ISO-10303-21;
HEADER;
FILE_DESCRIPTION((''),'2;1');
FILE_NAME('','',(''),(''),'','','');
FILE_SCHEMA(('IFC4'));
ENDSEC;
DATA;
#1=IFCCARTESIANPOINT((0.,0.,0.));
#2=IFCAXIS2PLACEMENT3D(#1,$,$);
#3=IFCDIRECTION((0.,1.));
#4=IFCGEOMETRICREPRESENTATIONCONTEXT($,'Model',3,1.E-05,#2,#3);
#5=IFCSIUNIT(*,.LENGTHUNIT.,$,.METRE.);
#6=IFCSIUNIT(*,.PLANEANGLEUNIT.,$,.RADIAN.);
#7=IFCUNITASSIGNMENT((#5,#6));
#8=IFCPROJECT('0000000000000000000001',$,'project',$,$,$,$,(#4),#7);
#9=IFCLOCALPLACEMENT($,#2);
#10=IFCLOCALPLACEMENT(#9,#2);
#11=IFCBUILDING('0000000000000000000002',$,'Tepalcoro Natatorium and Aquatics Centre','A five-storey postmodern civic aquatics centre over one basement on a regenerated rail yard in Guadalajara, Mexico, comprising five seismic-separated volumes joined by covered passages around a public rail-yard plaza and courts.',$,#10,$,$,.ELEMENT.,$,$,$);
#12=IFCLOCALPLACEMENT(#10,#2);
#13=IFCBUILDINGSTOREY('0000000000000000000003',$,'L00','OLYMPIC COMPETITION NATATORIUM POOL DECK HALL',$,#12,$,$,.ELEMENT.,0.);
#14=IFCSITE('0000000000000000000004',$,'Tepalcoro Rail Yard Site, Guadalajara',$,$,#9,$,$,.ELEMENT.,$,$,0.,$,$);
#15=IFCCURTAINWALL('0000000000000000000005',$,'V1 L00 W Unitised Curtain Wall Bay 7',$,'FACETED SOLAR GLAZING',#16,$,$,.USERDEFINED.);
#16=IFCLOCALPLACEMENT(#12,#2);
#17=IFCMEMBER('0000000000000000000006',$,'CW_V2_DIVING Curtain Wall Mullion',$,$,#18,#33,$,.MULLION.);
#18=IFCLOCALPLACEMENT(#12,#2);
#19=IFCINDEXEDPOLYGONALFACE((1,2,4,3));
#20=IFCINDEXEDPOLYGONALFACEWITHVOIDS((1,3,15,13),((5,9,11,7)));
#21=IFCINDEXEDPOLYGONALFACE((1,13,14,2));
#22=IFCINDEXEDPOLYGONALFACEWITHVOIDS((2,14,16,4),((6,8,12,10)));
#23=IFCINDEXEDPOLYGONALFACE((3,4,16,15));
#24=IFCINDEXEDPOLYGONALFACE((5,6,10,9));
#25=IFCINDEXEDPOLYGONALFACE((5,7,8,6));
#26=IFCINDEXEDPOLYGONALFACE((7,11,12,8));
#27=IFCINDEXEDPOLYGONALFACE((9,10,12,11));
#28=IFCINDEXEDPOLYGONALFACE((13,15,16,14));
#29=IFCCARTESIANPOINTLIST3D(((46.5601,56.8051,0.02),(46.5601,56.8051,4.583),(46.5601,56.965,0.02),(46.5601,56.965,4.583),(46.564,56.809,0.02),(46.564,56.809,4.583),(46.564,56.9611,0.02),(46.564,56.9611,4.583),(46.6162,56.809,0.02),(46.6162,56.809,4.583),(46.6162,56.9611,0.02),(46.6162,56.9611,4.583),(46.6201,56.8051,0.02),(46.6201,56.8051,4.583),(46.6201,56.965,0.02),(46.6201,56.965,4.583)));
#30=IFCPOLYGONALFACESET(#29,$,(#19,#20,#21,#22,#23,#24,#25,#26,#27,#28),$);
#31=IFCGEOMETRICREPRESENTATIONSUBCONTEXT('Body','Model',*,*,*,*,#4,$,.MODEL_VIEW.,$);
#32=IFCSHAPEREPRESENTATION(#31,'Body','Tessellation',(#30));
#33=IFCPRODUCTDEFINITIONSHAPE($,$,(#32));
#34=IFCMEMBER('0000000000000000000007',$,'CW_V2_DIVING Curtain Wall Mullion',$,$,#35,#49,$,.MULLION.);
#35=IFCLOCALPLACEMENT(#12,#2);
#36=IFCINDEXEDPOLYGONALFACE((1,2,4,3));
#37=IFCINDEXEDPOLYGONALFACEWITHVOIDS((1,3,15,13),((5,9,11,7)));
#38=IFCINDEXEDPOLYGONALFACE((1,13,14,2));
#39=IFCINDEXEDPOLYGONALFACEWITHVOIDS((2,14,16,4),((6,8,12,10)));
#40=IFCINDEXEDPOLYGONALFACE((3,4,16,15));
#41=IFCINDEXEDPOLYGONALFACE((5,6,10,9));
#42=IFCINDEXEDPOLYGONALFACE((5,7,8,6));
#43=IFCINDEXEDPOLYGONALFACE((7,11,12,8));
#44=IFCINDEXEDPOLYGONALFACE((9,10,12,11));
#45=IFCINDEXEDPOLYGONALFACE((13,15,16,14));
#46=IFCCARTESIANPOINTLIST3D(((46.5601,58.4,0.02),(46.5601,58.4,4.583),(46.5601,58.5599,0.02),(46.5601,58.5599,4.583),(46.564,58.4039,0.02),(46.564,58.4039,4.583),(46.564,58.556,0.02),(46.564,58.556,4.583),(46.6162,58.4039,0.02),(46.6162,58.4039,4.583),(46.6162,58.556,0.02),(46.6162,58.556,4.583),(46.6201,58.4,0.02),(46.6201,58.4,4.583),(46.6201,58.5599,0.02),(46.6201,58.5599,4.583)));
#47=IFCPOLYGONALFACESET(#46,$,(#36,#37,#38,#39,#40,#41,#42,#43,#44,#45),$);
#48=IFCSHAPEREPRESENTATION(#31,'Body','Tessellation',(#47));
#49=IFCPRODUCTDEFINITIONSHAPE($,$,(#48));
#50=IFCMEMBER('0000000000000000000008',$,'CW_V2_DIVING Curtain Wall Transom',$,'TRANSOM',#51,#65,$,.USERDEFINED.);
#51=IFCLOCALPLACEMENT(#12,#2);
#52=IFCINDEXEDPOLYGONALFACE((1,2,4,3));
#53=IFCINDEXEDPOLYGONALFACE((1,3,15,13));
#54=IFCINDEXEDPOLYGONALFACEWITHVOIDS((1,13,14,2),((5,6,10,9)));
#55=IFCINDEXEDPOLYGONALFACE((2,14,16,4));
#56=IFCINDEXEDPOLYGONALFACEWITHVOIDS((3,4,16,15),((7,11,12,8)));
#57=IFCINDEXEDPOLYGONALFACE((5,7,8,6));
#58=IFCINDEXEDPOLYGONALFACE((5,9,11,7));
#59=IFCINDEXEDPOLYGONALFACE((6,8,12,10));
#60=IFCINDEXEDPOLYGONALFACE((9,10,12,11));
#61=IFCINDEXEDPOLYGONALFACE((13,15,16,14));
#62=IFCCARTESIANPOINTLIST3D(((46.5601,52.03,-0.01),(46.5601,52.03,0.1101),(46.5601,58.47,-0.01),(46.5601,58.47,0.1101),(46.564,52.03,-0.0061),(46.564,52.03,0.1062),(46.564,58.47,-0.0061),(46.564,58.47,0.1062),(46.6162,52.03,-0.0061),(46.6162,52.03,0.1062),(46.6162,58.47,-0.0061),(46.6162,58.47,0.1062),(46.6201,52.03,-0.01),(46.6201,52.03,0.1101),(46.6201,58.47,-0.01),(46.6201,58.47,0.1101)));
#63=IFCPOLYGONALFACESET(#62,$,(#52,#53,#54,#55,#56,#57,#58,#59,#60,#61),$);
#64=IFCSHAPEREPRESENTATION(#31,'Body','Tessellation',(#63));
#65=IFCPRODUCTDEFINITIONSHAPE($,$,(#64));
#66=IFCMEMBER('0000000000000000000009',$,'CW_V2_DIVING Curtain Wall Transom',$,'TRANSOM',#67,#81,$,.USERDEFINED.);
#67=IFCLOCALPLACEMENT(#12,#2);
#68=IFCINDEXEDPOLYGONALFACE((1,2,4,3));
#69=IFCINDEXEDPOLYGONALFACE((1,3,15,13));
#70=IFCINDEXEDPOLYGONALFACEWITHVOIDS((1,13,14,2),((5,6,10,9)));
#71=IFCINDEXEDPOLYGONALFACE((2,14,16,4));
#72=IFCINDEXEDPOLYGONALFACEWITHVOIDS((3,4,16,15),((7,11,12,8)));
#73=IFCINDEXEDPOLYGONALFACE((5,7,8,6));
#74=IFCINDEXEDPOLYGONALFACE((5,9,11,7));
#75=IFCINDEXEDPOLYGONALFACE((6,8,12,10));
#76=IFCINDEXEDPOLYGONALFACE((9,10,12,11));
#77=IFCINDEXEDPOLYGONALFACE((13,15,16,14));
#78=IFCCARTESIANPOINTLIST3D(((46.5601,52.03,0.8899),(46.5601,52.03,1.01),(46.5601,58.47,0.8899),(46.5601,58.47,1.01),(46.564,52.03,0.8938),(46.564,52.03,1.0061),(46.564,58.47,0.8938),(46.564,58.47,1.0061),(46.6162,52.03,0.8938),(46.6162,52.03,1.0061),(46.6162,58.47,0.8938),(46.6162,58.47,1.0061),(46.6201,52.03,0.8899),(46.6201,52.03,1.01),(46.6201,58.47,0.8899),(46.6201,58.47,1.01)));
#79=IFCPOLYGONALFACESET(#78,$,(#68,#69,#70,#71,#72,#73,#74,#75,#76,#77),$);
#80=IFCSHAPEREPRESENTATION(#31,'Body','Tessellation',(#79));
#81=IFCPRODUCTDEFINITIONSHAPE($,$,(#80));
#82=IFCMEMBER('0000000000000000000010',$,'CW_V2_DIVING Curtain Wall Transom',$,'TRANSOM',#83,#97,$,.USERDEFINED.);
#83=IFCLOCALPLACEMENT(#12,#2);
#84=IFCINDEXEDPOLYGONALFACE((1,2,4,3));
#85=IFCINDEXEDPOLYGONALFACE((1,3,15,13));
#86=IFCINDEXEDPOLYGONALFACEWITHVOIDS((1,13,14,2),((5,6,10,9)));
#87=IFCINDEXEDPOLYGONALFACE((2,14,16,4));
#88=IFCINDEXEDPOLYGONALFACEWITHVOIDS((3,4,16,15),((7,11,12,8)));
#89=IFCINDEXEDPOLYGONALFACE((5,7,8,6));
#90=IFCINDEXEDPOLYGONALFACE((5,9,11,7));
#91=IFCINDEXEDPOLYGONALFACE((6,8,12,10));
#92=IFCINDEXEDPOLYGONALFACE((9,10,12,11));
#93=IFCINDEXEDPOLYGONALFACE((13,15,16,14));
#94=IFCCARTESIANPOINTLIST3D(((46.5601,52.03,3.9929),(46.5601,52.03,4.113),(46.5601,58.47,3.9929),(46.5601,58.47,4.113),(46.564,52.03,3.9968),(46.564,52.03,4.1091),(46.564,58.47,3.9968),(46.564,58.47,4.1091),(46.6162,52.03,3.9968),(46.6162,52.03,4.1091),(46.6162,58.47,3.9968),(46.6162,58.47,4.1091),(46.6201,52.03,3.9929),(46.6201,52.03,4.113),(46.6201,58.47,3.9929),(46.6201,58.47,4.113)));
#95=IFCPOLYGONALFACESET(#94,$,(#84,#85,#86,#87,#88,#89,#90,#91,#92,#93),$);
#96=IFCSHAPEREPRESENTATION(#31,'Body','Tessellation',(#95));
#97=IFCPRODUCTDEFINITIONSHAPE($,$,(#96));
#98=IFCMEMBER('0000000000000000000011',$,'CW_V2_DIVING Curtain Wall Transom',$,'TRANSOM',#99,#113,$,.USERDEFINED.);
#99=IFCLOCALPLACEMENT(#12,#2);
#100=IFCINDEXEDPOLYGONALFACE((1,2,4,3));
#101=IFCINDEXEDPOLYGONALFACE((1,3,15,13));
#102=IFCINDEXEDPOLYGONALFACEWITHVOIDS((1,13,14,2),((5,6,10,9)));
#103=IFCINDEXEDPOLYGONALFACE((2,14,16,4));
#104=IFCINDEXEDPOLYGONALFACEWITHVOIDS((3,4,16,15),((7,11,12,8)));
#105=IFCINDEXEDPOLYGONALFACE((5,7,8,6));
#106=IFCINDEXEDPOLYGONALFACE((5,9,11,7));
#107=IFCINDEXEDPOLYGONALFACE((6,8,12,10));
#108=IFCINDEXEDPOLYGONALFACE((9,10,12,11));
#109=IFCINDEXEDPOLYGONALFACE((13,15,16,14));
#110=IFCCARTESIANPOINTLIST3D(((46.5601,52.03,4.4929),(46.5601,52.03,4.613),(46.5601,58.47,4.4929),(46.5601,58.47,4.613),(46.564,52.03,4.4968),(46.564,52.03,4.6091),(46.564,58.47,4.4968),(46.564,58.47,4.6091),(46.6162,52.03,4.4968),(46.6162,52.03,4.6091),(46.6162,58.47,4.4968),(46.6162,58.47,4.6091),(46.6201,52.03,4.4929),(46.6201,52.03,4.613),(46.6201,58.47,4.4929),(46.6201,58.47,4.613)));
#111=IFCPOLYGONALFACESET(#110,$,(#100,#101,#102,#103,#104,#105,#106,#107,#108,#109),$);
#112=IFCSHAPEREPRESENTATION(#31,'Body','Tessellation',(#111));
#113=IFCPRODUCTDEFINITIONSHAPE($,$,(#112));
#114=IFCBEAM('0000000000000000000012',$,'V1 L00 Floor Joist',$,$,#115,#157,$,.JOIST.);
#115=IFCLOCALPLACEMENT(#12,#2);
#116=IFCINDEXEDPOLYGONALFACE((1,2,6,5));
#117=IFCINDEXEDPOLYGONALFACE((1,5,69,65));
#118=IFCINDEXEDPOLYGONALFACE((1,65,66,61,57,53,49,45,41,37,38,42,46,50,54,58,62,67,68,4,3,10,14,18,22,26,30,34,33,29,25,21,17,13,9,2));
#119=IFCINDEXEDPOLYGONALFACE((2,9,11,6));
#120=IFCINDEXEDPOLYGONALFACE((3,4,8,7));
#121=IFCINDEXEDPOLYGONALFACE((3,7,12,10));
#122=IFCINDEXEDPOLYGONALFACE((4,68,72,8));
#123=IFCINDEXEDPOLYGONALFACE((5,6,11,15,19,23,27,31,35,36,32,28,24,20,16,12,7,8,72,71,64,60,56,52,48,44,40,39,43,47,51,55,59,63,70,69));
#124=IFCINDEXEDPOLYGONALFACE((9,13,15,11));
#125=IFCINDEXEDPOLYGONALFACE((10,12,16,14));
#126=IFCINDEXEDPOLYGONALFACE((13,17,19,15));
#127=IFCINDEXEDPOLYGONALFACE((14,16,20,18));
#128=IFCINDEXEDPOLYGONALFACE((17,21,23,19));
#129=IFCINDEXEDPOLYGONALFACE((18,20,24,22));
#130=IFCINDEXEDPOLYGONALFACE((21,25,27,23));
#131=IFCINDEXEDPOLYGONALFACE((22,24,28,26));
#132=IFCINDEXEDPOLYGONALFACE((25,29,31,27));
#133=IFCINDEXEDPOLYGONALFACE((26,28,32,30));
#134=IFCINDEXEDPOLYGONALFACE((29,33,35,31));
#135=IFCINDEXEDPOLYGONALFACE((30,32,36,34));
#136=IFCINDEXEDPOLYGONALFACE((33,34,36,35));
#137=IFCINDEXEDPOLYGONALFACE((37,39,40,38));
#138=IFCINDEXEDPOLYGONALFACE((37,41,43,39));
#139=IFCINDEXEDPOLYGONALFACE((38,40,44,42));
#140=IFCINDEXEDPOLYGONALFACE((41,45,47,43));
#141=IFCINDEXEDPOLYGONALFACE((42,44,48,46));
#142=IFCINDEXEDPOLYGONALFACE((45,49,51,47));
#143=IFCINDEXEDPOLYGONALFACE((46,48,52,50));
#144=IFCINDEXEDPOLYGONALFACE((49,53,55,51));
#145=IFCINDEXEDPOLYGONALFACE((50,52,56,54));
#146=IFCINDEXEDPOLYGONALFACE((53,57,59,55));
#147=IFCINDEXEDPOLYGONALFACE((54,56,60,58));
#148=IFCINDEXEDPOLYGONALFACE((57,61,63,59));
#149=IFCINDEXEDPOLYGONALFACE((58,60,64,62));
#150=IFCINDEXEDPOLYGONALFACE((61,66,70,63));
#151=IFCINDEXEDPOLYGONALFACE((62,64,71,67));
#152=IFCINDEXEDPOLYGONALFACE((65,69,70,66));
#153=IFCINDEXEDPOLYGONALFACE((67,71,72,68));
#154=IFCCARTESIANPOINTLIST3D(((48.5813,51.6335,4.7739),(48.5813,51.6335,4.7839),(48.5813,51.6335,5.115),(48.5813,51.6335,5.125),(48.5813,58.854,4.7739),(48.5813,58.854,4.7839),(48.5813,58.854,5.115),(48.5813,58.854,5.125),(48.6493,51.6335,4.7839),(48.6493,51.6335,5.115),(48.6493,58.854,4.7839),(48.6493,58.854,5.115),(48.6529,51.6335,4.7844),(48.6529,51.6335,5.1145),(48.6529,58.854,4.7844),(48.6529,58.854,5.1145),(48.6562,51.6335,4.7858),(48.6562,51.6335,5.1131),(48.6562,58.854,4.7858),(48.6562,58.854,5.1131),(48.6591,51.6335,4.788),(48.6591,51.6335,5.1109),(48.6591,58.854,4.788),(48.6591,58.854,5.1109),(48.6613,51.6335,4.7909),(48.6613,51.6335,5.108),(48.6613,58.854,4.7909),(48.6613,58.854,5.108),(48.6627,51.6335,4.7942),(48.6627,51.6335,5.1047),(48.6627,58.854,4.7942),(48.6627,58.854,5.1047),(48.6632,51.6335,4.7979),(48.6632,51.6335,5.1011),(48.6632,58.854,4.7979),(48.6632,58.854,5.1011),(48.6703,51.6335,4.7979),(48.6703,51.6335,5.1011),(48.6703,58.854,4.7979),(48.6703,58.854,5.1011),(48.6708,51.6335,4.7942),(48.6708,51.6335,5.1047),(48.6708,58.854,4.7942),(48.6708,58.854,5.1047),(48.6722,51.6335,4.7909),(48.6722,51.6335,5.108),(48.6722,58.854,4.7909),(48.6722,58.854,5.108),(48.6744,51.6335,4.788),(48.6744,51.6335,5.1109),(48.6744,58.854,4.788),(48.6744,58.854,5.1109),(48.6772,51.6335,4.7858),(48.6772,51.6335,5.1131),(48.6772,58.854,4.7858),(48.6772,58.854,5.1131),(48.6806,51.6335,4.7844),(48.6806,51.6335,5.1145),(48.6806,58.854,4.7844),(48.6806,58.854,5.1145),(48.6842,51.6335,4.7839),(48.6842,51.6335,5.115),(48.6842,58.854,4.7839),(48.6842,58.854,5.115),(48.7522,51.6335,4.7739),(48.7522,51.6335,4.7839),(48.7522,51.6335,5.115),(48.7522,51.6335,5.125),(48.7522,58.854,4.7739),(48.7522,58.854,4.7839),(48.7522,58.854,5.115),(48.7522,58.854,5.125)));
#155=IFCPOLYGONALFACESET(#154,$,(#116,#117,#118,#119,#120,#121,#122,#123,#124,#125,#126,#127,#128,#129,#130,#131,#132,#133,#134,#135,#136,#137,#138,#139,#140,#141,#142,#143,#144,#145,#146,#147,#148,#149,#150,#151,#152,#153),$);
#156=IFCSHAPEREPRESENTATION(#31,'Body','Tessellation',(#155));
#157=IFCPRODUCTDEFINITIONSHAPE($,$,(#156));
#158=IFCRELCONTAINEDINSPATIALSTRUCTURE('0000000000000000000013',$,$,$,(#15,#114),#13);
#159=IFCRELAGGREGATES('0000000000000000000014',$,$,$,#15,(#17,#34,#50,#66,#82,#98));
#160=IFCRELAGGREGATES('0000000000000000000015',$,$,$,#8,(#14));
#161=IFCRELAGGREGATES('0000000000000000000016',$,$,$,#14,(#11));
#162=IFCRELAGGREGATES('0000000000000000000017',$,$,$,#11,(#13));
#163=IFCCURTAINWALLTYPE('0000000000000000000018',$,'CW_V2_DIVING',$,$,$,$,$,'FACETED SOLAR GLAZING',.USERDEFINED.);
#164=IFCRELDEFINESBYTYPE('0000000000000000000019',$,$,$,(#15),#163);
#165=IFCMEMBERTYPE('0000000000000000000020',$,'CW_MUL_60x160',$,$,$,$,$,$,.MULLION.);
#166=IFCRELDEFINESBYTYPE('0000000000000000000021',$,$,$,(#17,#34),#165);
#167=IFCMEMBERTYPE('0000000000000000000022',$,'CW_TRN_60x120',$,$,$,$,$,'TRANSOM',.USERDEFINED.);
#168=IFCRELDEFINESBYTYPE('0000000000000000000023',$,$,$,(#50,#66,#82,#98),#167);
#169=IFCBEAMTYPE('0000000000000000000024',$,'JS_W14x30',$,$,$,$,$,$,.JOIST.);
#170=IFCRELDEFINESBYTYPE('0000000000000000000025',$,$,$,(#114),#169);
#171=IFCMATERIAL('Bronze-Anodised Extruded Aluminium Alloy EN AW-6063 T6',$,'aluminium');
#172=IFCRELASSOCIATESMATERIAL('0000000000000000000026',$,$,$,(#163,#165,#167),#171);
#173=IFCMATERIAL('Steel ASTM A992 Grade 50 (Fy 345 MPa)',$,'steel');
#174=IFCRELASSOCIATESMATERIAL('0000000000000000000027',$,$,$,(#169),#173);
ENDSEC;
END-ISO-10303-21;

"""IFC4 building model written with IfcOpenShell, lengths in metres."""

from ifc_helpers import new_model, si_unit, direction, frame, origin, origin_2d, place, context, subcontext, project, spatial, hollow_rectangle, i_section, extrude, material, material_profile, profile_set, type_object, element, aggregate, save


model = new_model("IFC4")

# Units and contexts
model_context = context("Model", 3, precision=1e-05, world=origin(), true_north=direction((0.0, 1.0)))
body_context = subcontext(model_context, "Body", "Model", "MODEL_VIEW")
ifc_project = project(units=[si_unit("LENGTHUNIT", "METRE"), si_unit("PLANEANGLEUNIT", "RADIAN")], contexts=[model_context])

# Site, building, storey
site_placement = place(None, origin())
site = spatial("IfcSite", under=ifc_project, at=site_placement, Name="Tepalcoro Rail Yard Site, Guadalajara", CompositionType="ELEMENT", RefElevation=0.0)
building_placement = place(site_placement, origin())
building = spatial("IfcBuilding", under=site, at=building_placement, Name="Tepalcoro Natatorium and Aquatics Centre", Description="A five-storey postmodern civic aquatics centre over one basement on a regenerated rail yard in Guadalajara, Mexico, comprising five seismic-separated volumes joined by covered passages around a public rail-yard plaza and courts.", CompositionType="ELEMENT")
storey_placement = place(building_placement, origin())
storey = spatial("IfcBuildingStorey", under=building, at=storey_placement, Name="L00", Description="OLYMPIC COMPETITION NATATORIUM POOL DECK HALL", CompositionType="ELEMENT", Elevation=0.0)

# Shared definitions
ifc_material_1 = material(Name="Steel ASTM A992 Grade 50 (Fy 345 MPa)", Category="steel")

# Curtain wall, members
ifc_material_2 = material(Name="Bronze-Anodised Extruded Aluminium Alloy EN AW-6063 T6", Category="aluminium")
curtain_wall_type = type_object("IfcCurtainWallType", Name="CW_V2_DIVING", ElementType="FACETED SOLAR GLAZING", PredefinedType="USERDEFINED", material=ifc_material_2)
curtain_wall_placement = place(storey_placement, origin())
curtain_wall = element("IfcCurtainWall", 1, at=curtain_wall_placement, inside=storey, type_object=curtain_wall_type, Name="V1 L00 W Unitised Curtain Wall Bay 7", ObjectType="FACETED SOLAR GLAZING", PredefinedType="USERDEFINED")
ifc_material_profile_1 = material_profile(ifc_material_2, hollow_rectangle(XDim=0.0601, YDim=0.1599, WallThickness=0.0039, at=origin_2d()), Name="AL60X160X4")
ifc_profile_set_1 = profile_set([ifc_material_profile_1], Name="Bronze-Anodised Extruded Aluminium Alloy EN AW-6063 T6")
member_type_1 = type_object("IfcMemberType", Name="CW_MUL_60x160", PredefinedType="MULLION", material=ifc_profile_set_1)
member_1_placement = place(storey_placement, frame((46.5901, 56.885, 0.02), z_axis=(0.0, 0.0, 1.0), x_axis=(1.0, 0.0, 0.0)))
member_1 = element("IfcMember", 2, at=member_1_placement, type_object=member_type_1, Name="CW_V2_DIVING Curtain Wall Mullion", PredefinedType="MULLION", context=body_context, shape_type="SweptSolid", body=[
    extrude(hollow_rectangle(XDim=0.0601, YDim=0.1599, WallThickness=0.0039, at=origin_2d()), origin(), (0.0, 0.0, 1.0), 4.563),
])
member_2_placement = place(storey_placement, frame((46.5901, 58.48, 0.02), z_axis=(0.0, 0.0, 1.0), x_axis=(1.0, 0.0, 0.0)))
member_2 = element("IfcMember", 3, at=member_2_placement, type_object=member_type_1, Name="CW_V2_DIVING Curtain Wall Mullion", PredefinedType="MULLION", context=body_context, shape_type="SweptSolid", body=[
    extrude(hollow_rectangle(XDim=0.0601, YDim=0.1599, WallThickness=0.0039, at=origin_2d()), origin(), (0.0, 0.0, 1.0), 4.563),
])
ifc_material_profile_2 = material_profile(ifc_material_2, hollow_rectangle(XDim=0.0601, YDim=0.1201, WallThickness=0.0039, at=origin_2d()), Name="AL60X120X4")
ifc_profile_set_2 = profile_set([ifc_material_profile_2], Name="Bronze-Anodised Extruded Aluminium Alloy EN AW-6063 T6")
member_type_2 = type_object("IfcMemberType", Name="CW_TRN_60x120", ElementType="TRANSOM", PredefinedType="USERDEFINED", material=ifc_profile_set_2)
member_3_placement = place(storey_placement, frame((46.5901, 52.03, 0.05), z_axis=(0.0, 1.0, 0.0), x_axis=(-1.0, 0.0, 0.0)))
member_3 = element("IfcMember", 4, at=member_3_placement, type_object=member_type_2, Name="CW_V2_DIVING Curtain Wall Transom", ObjectType="TRANSOM", PredefinedType="USERDEFINED", context=body_context, shape_type="SweptSolid", body=[
    extrude(hollow_rectangle(XDim=0.0601, YDim=0.1201, WallThickness=0.0039, at=origin_2d()), origin(), (0.0, 0.0, 1.0), 6.4399),
])
member_4_placement = place(storey_placement, frame((46.5901, 52.03, 0.95), z_axis=(0.0, 1.0, 0.0), x_axis=(-1.0, 0.0, 0.0)))
member_4 = element("IfcMember", 5, at=member_4_placement, type_object=member_type_2, Name="CW_V2_DIVING Curtain Wall Transom", ObjectType="TRANSOM", PredefinedType="USERDEFINED", context=body_context, shape_type="SweptSolid", body=[
    extrude(hollow_rectangle(XDim=0.0601, YDim=0.1201, WallThickness=0.0039, at=origin_2d()), origin(), (0.0, 0.0, 1.0), 6.4399),
])
member_5_placement = place(storey_placement, frame((46.5901, 52.03, 4.053), z_axis=(0.0, 1.0, 0.0), x_axis=(-1.0, 0.0, 0.0)))
member_5 = element("IfcMember", 6, at=member_5_placement, type_object=member_type_2, Name="CW_V2_DIVING Curtain Wall Transom", ObjectType="TRANSOM", PredefinedType="USERDEFINED", context=body_context, shape_type="SweptSolid", body=[
    extrude(hollow_rectangle(XDim=0.0601, YDim=0.1201, WallThickness=0.0039, at=origin_2d()), origin(), (0.0, 0.0, 1.0), 6.4399),
])
member_6_placement = place(storey_placement, frame((46.5901, 52.03, 4.553), z_axis=(0.0, 1.0, 0.0), x_axis=(-1.0, 0.0, 0.0)))
member_6 = element("IfcMember", 7, at=member_6_placement, type_object=member_type_2, Name="CW_V2_DIVING Curtain Wall Transom", ObjectType="TRANSOM", PredefinedType="USERDEFINED", context=body_context, shape_type="SweptSolid", body=[
    extrude(hollow_rectangle(XDim=0.0601, YDim=0.1201, WallThickness=0.0039, at=origin_2d()), origin(), (0.0, 0.0, 1.0), 6.4399),
])

# Beam
ifc_material_profile_3 = material_profile(ifc_material_1, i_section(OverallWidth=0.1709, OverallDepth=0.3511, WebThickness=0.0071, FlangeThickness=0.01, FilletRadius=0.0139, at=origin_2d()), Name="W14X30")
ifc_profile_set_3 = profile_set([ifc_material_profile_3], Name="Steel ASTM A992 Grade 50 (Fy 345 MPa)")
beam_type_1 = type_object("IfcBeamType", Name="JS_W14x30", PredefinedType="JOIST", material=ifc_profile_set_3)
beam_1_placement = place(storey_placement, frame((48.6667, 51.6335, 4.9495), z_axis=(0.0, 1.0, 0.0), x_axis=(-1.0, 0.0, 0.0)))
element("IfcBeam", 8, at=beam_1_placement, inside=storey, type_object=beam_type_1, Name="V1 L00 Floor Joist", PredefinedType="JOIST", context=body_context, shape_type="SweptSolid", body=[
    extrude(i_section(OverallWidth=0.1709, OverallDepth=0.3511, WebThickness=0.0071, FlangeThickness=0.01, FilletRadius=0.0139, at=origin_2d()), origin(), (0.0, 0.0, 1.0), 7.2205),
])

aggregate(curtain_wall, [member_1, member_2, member_3, member_4, member_5, member_6])

save(model, "model.ifc")
